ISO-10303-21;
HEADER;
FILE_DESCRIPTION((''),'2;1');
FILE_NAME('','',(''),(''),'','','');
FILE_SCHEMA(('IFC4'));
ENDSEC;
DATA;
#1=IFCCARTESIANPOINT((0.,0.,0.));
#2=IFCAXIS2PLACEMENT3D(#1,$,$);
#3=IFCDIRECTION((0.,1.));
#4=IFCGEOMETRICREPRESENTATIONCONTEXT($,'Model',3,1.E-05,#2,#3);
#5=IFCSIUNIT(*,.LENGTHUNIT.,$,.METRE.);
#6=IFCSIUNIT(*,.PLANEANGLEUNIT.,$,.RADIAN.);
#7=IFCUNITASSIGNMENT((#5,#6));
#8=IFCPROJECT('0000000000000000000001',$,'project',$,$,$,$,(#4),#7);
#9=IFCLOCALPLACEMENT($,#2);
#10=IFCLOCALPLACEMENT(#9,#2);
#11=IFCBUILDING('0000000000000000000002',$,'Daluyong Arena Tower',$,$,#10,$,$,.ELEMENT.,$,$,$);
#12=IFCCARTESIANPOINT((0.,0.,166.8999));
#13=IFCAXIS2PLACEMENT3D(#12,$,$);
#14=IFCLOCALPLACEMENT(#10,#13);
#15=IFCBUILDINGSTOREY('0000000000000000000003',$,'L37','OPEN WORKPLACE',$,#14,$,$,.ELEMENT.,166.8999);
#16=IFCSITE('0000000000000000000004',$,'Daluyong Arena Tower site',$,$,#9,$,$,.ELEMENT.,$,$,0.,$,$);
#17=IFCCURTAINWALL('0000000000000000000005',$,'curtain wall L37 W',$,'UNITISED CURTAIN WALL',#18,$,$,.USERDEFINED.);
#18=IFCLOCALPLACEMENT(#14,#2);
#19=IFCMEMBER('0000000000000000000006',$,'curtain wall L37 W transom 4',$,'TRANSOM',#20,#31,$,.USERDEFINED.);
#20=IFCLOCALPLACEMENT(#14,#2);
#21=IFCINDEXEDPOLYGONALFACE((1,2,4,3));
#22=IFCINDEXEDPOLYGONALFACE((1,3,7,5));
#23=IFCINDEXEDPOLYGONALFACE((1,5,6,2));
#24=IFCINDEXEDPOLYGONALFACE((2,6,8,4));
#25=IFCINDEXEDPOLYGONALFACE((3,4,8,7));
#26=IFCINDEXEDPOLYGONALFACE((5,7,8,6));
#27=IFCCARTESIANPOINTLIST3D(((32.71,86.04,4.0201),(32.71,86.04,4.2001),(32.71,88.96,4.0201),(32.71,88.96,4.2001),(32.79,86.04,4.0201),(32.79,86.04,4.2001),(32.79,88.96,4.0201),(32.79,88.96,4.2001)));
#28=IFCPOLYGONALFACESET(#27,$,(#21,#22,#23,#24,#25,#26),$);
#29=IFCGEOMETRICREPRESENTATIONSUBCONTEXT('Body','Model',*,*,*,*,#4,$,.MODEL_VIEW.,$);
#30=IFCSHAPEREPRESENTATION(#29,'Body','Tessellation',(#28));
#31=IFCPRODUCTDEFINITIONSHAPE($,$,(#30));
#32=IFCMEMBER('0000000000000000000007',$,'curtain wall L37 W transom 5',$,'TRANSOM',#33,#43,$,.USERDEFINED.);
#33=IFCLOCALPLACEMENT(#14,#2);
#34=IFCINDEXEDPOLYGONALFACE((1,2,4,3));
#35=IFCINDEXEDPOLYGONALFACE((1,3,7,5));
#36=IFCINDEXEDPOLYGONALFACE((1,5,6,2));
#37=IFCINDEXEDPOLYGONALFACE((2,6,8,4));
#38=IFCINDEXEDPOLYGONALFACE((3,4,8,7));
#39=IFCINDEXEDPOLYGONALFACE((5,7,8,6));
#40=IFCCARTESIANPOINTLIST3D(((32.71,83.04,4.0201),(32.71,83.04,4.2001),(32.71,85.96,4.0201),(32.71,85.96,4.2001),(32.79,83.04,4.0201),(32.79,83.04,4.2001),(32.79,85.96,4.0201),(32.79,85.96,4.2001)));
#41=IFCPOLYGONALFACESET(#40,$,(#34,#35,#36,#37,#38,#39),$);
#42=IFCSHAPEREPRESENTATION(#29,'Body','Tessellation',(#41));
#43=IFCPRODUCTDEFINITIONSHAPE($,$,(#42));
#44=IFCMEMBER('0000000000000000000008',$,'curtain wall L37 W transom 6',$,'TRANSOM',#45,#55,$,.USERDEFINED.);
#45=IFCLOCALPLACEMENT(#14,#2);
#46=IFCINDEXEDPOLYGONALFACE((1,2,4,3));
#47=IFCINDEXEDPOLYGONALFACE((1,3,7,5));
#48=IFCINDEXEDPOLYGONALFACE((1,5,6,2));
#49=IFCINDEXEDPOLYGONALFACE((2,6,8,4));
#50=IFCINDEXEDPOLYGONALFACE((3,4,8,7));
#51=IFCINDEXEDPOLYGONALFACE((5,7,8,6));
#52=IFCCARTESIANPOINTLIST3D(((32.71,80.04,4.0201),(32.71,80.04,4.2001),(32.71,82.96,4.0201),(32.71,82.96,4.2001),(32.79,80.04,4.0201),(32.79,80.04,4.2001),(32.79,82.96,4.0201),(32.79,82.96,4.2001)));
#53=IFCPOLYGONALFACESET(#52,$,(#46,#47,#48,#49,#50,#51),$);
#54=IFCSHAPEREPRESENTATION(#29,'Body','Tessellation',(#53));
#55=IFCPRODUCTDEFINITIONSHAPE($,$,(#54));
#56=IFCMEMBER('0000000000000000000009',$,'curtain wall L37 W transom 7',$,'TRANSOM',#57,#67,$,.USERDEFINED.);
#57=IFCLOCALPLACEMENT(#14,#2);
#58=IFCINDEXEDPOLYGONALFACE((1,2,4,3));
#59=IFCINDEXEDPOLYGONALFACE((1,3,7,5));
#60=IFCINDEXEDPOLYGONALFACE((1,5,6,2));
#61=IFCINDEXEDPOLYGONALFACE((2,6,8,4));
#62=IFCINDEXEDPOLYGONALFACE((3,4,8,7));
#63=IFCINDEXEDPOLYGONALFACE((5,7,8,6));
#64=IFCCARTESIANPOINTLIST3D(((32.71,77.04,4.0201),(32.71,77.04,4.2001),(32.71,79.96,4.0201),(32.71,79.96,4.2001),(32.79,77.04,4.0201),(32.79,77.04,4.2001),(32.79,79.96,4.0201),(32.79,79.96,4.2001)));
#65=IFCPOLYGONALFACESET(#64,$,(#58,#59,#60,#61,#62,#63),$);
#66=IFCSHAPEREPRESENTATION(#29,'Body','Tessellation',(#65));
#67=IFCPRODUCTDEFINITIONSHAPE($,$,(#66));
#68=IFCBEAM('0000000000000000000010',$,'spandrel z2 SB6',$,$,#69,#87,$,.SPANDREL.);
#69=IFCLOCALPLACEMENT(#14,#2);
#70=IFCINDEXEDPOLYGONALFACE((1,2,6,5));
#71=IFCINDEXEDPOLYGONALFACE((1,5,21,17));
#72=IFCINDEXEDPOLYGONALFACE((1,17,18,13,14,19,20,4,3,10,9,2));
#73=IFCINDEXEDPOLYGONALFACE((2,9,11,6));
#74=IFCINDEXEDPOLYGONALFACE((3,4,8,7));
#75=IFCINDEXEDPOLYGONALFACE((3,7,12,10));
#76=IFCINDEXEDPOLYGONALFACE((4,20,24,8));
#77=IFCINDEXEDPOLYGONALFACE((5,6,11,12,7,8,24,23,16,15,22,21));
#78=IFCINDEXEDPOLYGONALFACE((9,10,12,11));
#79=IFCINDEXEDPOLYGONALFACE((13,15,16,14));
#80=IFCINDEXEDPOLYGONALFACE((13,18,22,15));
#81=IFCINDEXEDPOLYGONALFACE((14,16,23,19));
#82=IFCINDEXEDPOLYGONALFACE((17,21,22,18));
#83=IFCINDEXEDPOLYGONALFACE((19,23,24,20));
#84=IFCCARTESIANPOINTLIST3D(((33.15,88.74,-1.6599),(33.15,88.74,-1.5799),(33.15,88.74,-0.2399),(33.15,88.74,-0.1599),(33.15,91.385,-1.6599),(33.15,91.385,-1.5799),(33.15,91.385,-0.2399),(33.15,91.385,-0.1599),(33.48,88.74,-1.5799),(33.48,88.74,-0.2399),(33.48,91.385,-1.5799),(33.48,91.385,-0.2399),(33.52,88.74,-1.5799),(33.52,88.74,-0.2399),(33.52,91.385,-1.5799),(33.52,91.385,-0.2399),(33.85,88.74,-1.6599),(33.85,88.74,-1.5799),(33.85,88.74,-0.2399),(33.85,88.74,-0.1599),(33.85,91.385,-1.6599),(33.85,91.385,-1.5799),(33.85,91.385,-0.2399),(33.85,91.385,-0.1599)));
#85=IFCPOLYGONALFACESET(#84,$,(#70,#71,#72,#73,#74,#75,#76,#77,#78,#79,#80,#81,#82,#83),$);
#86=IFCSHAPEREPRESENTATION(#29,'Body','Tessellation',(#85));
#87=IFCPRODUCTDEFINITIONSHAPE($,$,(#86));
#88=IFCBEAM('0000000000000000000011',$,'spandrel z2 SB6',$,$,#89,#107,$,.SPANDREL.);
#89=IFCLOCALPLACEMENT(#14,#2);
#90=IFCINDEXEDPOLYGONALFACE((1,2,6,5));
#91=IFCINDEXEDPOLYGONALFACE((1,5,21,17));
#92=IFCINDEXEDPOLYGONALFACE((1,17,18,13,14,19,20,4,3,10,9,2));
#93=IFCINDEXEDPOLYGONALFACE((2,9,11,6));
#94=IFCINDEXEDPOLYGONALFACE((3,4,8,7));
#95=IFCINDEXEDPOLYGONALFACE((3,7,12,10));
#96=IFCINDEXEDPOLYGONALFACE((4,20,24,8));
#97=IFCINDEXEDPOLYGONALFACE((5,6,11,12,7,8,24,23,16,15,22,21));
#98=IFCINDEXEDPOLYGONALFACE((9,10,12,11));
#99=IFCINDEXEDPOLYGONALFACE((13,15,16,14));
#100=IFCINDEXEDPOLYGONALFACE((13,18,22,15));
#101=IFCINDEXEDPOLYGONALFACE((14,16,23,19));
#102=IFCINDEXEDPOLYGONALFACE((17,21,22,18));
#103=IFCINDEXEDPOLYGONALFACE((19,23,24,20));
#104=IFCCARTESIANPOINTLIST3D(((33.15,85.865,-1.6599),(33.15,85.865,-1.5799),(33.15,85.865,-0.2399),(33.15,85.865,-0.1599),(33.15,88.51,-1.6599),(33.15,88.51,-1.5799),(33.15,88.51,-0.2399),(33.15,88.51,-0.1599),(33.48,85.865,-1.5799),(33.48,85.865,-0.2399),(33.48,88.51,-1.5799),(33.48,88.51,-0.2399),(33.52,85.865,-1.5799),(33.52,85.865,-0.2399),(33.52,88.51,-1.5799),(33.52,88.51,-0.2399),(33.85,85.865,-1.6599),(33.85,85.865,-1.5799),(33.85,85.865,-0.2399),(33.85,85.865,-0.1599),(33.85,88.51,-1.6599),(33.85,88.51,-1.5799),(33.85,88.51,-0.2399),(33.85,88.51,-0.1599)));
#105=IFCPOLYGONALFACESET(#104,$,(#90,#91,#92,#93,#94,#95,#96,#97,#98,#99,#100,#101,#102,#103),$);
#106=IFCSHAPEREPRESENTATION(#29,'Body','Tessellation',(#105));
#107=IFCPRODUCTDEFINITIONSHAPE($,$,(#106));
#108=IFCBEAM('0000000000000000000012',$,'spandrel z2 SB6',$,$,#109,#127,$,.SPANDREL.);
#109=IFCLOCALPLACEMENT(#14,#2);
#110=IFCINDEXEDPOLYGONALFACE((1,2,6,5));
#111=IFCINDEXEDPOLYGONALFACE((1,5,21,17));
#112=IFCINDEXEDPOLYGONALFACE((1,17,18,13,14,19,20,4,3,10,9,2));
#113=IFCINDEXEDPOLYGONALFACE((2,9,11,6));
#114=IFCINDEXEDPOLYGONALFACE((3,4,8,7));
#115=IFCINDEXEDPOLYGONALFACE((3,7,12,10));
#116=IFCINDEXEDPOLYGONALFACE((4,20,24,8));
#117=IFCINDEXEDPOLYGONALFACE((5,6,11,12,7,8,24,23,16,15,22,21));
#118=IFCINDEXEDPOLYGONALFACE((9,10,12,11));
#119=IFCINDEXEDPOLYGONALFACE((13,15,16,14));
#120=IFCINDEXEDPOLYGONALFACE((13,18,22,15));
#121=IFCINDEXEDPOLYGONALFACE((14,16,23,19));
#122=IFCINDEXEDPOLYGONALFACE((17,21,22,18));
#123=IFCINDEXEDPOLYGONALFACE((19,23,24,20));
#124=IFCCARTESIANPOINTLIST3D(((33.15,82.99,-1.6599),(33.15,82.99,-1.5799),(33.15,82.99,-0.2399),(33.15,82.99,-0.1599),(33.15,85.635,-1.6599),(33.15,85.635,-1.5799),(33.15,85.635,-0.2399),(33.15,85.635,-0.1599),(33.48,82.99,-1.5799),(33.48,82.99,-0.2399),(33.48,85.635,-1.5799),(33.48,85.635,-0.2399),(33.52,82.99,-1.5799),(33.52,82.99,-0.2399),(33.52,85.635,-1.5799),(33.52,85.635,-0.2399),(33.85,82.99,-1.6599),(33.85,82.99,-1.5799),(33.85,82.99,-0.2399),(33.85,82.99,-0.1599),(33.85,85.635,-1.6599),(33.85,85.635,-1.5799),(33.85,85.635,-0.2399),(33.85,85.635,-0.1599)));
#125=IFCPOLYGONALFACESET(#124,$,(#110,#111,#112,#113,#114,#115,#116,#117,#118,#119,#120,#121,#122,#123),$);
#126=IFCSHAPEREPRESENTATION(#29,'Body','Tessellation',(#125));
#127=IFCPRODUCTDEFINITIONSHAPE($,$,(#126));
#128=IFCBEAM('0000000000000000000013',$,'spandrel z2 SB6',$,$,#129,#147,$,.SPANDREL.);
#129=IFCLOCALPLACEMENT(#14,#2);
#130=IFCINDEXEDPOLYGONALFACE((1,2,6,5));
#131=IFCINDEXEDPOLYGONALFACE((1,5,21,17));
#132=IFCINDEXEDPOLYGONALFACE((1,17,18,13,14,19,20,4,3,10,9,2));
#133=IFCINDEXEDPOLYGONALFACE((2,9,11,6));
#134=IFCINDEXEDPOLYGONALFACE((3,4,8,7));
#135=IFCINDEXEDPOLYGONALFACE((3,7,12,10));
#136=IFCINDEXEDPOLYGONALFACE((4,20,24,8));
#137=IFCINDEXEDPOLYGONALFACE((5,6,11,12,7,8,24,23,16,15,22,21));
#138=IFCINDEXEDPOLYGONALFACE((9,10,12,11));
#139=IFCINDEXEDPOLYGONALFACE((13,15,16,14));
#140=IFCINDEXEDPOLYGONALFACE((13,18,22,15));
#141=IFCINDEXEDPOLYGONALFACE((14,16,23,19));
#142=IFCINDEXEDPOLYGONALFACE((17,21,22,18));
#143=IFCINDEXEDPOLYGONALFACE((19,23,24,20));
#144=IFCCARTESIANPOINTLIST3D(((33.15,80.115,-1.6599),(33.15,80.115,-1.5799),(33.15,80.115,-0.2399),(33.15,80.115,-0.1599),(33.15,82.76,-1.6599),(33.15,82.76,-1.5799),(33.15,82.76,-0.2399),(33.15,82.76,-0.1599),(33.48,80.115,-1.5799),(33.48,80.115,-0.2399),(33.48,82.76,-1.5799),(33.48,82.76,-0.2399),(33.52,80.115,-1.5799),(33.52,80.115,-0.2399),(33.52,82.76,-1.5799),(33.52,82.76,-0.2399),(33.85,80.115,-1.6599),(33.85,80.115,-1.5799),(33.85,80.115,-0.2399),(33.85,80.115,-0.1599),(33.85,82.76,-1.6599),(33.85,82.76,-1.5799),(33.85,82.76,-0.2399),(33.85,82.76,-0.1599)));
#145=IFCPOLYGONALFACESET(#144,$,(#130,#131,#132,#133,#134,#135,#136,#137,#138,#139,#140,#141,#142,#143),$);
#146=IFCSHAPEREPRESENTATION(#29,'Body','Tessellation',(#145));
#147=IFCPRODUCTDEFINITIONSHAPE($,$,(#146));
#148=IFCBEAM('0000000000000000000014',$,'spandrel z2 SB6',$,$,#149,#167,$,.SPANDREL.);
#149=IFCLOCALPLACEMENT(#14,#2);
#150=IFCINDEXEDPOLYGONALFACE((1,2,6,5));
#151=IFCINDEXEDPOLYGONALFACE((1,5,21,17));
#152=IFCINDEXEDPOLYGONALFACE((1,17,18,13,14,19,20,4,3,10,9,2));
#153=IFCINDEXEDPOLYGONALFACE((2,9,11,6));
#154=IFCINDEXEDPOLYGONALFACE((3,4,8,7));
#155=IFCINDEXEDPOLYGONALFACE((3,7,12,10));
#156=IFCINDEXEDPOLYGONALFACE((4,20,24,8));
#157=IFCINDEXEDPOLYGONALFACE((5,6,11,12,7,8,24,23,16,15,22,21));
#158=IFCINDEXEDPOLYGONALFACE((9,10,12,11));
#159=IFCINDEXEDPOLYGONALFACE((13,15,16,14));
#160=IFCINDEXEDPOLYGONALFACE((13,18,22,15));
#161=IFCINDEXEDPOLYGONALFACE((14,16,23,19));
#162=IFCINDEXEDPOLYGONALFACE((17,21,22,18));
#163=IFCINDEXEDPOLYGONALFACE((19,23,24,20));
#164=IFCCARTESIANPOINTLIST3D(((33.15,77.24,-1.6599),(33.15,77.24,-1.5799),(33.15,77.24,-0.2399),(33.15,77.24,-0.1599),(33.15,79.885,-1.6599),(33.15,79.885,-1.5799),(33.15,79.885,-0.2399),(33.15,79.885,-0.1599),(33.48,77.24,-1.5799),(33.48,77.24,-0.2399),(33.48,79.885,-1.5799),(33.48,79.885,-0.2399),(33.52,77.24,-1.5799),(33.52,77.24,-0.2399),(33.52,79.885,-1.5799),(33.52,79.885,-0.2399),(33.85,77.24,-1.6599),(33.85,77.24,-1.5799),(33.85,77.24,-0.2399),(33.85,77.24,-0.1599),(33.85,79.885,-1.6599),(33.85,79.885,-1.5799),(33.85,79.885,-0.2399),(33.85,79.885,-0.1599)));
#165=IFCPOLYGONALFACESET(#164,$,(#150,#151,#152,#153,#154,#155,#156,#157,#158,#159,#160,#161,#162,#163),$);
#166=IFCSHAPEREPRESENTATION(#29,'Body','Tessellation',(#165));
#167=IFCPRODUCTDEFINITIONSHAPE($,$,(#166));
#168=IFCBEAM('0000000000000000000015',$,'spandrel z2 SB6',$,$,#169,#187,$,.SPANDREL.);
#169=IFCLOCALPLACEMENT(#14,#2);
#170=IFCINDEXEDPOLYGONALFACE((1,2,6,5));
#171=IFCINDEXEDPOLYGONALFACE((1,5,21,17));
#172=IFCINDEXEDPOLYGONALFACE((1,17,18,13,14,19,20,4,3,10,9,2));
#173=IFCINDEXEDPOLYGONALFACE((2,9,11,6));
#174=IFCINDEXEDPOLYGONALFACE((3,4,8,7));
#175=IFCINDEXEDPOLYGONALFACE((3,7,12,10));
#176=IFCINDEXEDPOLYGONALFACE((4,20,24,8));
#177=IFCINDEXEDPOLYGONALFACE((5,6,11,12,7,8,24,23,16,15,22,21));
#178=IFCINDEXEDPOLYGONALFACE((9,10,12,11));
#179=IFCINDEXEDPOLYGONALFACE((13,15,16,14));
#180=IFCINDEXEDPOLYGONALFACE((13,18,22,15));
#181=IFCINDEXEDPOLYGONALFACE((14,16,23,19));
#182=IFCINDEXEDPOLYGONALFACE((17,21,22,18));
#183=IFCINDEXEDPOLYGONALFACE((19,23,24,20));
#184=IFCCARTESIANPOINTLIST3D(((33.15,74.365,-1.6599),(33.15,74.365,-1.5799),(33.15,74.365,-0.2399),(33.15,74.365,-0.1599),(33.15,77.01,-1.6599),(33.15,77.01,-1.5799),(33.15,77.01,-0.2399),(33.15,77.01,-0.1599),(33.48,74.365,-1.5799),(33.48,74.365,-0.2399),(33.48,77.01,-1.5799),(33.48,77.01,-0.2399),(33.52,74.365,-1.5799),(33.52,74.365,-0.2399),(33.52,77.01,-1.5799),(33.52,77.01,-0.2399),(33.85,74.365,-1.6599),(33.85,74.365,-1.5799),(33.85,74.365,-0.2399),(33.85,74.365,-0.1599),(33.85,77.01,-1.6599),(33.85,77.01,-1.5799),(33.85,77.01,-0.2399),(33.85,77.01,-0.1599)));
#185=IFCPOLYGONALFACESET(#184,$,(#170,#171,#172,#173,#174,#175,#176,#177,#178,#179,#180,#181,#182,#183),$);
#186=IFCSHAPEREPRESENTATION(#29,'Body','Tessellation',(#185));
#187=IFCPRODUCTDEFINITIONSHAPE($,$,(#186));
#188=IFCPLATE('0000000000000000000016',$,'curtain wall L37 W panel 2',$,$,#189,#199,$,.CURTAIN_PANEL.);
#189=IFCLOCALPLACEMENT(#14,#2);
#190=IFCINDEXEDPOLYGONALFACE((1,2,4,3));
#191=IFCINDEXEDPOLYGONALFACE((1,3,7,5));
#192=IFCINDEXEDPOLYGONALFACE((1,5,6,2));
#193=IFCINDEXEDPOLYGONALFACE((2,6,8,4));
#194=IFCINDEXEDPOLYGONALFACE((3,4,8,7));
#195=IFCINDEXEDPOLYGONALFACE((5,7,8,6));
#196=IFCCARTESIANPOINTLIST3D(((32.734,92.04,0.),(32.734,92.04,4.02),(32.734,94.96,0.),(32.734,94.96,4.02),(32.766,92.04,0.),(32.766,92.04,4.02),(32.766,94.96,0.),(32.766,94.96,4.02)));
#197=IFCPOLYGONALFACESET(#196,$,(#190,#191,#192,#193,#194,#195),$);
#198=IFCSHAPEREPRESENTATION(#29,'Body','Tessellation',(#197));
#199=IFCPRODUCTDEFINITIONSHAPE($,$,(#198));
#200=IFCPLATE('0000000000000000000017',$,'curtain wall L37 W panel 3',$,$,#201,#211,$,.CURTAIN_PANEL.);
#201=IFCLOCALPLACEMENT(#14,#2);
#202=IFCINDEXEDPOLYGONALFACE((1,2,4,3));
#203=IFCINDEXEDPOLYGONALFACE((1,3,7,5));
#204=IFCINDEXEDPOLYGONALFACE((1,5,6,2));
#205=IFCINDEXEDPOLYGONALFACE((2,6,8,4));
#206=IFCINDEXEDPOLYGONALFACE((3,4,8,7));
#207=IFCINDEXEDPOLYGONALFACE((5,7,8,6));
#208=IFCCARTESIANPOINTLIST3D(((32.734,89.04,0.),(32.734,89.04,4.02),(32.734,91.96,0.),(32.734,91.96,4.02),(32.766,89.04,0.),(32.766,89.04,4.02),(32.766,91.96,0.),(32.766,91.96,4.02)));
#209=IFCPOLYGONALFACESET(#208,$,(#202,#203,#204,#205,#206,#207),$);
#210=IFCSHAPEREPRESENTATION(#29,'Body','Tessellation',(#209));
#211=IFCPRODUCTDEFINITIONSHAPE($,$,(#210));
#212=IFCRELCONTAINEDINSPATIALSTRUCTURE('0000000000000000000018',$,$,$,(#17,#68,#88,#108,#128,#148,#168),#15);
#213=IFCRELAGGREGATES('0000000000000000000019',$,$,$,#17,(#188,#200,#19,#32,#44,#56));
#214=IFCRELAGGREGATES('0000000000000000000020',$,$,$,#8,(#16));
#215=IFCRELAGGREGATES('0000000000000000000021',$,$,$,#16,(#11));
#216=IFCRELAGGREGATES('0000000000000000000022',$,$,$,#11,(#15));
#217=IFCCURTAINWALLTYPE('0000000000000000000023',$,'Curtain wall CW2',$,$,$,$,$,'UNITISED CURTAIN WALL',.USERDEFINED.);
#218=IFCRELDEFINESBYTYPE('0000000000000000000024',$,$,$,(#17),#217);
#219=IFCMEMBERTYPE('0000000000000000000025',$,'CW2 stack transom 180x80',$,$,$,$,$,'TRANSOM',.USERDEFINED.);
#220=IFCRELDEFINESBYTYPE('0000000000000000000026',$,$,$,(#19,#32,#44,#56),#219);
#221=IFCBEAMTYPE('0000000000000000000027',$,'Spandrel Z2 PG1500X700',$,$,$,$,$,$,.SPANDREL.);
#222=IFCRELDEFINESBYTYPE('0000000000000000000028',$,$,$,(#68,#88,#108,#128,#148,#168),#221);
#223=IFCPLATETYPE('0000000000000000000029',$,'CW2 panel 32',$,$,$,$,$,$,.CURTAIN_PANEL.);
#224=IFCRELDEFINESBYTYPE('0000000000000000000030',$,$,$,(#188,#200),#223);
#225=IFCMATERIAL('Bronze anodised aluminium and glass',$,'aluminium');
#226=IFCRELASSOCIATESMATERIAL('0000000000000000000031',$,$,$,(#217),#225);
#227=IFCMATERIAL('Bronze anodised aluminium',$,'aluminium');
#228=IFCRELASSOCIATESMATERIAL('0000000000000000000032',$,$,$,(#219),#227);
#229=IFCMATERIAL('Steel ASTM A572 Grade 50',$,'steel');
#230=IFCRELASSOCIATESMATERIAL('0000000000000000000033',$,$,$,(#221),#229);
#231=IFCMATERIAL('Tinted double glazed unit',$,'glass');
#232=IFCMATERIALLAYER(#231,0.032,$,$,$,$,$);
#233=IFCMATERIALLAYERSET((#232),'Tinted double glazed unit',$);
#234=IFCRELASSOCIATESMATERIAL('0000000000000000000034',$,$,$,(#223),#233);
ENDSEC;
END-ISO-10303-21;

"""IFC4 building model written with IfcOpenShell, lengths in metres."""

from ifc_helpers import new_model, si_unit, direction, frame, origin, origin_2d, place, context, subcontext, project, spatial, rectangle, i_section, extrude, material, layer, layer_set, material_profile, profile_set, type_object, element, aggregate, save


model = new_model("IFC4")

# Units and contexts
model_context = context("Model", 3, precision=1e-05, world=origin(), true_north=direction((0.0, 1.0)))
body_context = subcontext(model_context, "Body", "Model", "MODEL_VIEW")
ifc_project = project(units=[si_unit("LENGTHUNIT", "METRE"), si_unit("PLANEANGLEUNIT", "RADIAN")], contexts=[model_context])

# Site, building, storey
site_placement = place(None, origin())
site = spatial("IfcSite", under=ifc_project, at=site_placement, Name="Daluyong Arena Tower site", CompositionType="ELEMENT", RefElevation=0.0)
building_placement = place(site_placement, origin())
building = spatial("IfcBuilding", under=site, at=building_placement, Name="Daluyong Arena Tower", CompositionType="ELEMENT")
storey_placement = place(building_placement, frame((0.0, 0.0, 166.8999)))
storey = spatial("IfcBuildingStorey", under=building, at=storey_placement, Name="L37", Description="OPEN WORKPLACE", CompositionType="ELEMENT", Elevation=166.8999)

# Curtain wall, members
ifc_material_1 = material(Name="Bronze anodised aluminium and glass", Category="aluminium")
curtain_wall_type = type_object("IfcCurtainWallType", Name="Curtain wall CW2", ElementType="UNITISED CURTAIN WALL", PredefinedType="USERDEFINED", material=ifc_material_1)
curtain_wall_placement = place(storey_placement, origin())
curtain_wall = element("IfcCurtainWall", 1, at=curtain_wall_placement, inside=storey, type_object=curtain_wall_type, Name="curtain wall L37 W", ObjectType="UNITISED CURTAIN WALL", PredefinedType="USERDEFINED")
ifc_material_2 = material(Name="Bronze anodised aluminium", Category="aluminium")
ifc_material_profile_1 = material_profile(ifc_material_2, rectangle(XDim=0.0801, YDim=0.1799, at=origin_2d()))
ifc_profile_set_1 = profile_set([ifc_material_profile_1], Name="Bronze anodised aluminium")
member_type_1 = type_object("IfcMemberType", Name="CW2 stack transom 180x80", ElementType="TRANSOM", PredefinedType="USERDEFINED", material=ifc_profile_set_1)
member_1_placement = place(storey_placement, frame((32.75, 88.96, 4.1101), z_axis=(0.0, -1.0, 0.0), x_axis=(1.0, 0.0, 0.0)))
member_1 = element("IfcMember", 2, at=member_1_placement, type_object=member_type_1, Name="curtain wall L37 W transom 4", ObjectType="TRANSOM", PredefinedType="USERDEFINED", context=body_context, shape_type="SweptSolid", body=[
    extrude(rectangle(XDim=0.0801, YDim=0.1799, at=origin_2d()), origin(), (0.0, 0.0, 1.0), 2.9199),
])
member_2_placement = place(storey_placement, frame((32.75, 85.96, 4.1101), z_axis=(0.0, -1.0, 0.0), x_axis=(1.0, 0.0, 0.0)))
member_2 = element("IfcMember", 3, at=member_2_placement, type_object=member_type_1, Name="curtain wall L37 W transom 5", ObjectType="TRANSOM", PredefinedType="USERDEFINED", context=body_context, shape_type="SweptSolid", body=[
    extrude(rectangle(XDim=0.0801, YDim=0.1799, at=origin_2d()), origin(), (0.0, 0.0, 1.0), 2.9199),
])
member_3_placement = place(storey_placement, frame((32.75, 82.96, 4.1101), z_axis=(0.0, -1.0, 0.0), x_axis=(1.0, 0.0, 0.0)))
member_3 = element("IfcMember", 4, at=member_3_placement, type_object=member_type_1, Name="curtain wall L37 W transom 6", ObjectType="TRANSOM", PredefinedType="USERDEFINED", context=body_context, shape_type="SweptSolid", body=[
    extrude(rectangle(XDim=0.0801, YDim=0.1799, at=origin_2d()), origin(), (0.0, 0.0, 1.0), 2.9199),
])
member_4_placement = place(storey_placement, frame((32.75, 79.96, 4.1101), z_axis=(0.0, -1.0, 0.0), x_axis=(1.0, 0.0, 0.0)))
member_4 = element("IfcMember", 5, at=member_4_placement, type_object=member_type_1, Name="curtain wall L37 W transom 7", ObjectType="TRANSOM", PredefinedType="USERDEFINED", context=body_context, shape_type="SweptSolid", body=[
    extrude(rectangle(XDim=0.0801, YDim=0.1799, at=origin_2d()), origin(), (0.0, 0.0, 1.0), 2.9199),
])

# Beams
ifc_material_3 = material(Name="Steel ASTM A572 Grade 50", Category="steel")
ifc_material_profile_2 = material_profile(ifc_material_3, i_section(OverallWidth=0.7, OverallDepth=1.5, WebThickness=0.04, FlangeThickness=0.08, at=origin_2d()))
ifc_profile_set_2 = profile_set([ifc_material_profile_2], Name="Steel ASTM A572 Grade 50")
beam_type = type_object("IfcBeamType", Name="Spandrel Z2 PG1500X700", PredefinedType="SPANDREL", material=ifc_profile_set_2)
for number, where, z_axis, x_axis, name in (
    (6, (33.5, 91.385, -0.9099), (0.0, -1.0, 0.0), (1.0, 0.0, 0.0), "spandrel z2 SB6"),
    (7, (33.5, 88.51, -0.9099), (0.0, -1.0, 0.0), (1.0, 0.0, 0.0), "spandrel z2 SB6"),
    (8, (33.5, 85.635, -0.9099), (0.0, -1.0, 0.0), (1.0, 0.0, 0.0), "spandrel z2 SB6"),
    (9, (33.5, 82.76, -0.9099), (0.0, -1.0, 0.0), (1.0, 0.0, 0.0), "spandrel z2 SB6"),
    (10, (33.5, 79.885, -0.9099), (0.0, -1.0, 0.0), (1.0, 0.0, 0.0), "spandrel z2 SB6"),
    (11, (33.5, 77.01, -0.9099), (0.0, -1.0, 0.0), (1.0, 0.0, 0.0), "spandrel z2 SB6"),
):
    element("IfcBeam", number, at=place(storey_placement, frame(where, z_axis=z_axis, x_axis=x_axis)), inside=storey, type_object=beam_type, Name=name, PredefinedType="SPANDREL", context=body_context, shape_type="SweptSolid", body=[
        extrude(i_section(OverallWidth=0.7, OverallDepth=1.5, WebThickness=0.04, FlangeThickness=0.08, at=origin_2d()), origin(), (0.0, 0.0, 1.0), 2.645),
    ])

# Plates
ifc_material_4 = material(Name="Tinted double glazed unit", Category="glass")
ifc_layer = layer(ifc_material_4, 0.032)
ifc_layer_set = layer_set([ifc_layer], Name="Tinted double glazed unit")
plate_type = type_object("IfcPlateType", Name="CW2 panel 32", PredefinedType="CURTAIN_PANEL", material=ifc_layer_set)
plate_1_placement = place(storey_placement, frame((32.75, 93.5, 0.0), z_axis=(0.0, 0.0, 1.0), x_axis=(0.0, -1.0, 0.0)))
plate_1 = element("IfcPlate", 12, at=plate_1_placement, type_object=plate_type, Name="curtain wall L37 W panel 2", PredefinedType="CURTAIN_PANEL", context=body_context, shape_type="SweptSolid", body=[
    extrude(rectangle(XDim=2.9199, YDim=0.032, at=origin_2d()), origin(), (0.0, 0.0, 1.0), 4.02),
])
plate_2_placement = place(storey_placement, frame((32.75, 90.5, 0.0), z_axis=(0.0, 0.0, 1.0), x_axis=(0.0, -1.0, 0.0)))
plate_2 = element("IfcPlate", 13, at=plate_2_placement, type_object=plate_type, Name="curtain wall L37 W panel 3", PredefinedType="CURTAIN_PANEL", context=body_context, shape_type="SweptSolid", body=[
    extrude(rectangle(XDim=2.9199, YDim=0.032, at=origin_2d()), origin(), (0.0, 0.0, 1.0), 4.02),
])
aggregate(curtain_wall, [plate_1, plate_2, member_1, member_2, member_3, member_4])

save(model, "model.ifc")
